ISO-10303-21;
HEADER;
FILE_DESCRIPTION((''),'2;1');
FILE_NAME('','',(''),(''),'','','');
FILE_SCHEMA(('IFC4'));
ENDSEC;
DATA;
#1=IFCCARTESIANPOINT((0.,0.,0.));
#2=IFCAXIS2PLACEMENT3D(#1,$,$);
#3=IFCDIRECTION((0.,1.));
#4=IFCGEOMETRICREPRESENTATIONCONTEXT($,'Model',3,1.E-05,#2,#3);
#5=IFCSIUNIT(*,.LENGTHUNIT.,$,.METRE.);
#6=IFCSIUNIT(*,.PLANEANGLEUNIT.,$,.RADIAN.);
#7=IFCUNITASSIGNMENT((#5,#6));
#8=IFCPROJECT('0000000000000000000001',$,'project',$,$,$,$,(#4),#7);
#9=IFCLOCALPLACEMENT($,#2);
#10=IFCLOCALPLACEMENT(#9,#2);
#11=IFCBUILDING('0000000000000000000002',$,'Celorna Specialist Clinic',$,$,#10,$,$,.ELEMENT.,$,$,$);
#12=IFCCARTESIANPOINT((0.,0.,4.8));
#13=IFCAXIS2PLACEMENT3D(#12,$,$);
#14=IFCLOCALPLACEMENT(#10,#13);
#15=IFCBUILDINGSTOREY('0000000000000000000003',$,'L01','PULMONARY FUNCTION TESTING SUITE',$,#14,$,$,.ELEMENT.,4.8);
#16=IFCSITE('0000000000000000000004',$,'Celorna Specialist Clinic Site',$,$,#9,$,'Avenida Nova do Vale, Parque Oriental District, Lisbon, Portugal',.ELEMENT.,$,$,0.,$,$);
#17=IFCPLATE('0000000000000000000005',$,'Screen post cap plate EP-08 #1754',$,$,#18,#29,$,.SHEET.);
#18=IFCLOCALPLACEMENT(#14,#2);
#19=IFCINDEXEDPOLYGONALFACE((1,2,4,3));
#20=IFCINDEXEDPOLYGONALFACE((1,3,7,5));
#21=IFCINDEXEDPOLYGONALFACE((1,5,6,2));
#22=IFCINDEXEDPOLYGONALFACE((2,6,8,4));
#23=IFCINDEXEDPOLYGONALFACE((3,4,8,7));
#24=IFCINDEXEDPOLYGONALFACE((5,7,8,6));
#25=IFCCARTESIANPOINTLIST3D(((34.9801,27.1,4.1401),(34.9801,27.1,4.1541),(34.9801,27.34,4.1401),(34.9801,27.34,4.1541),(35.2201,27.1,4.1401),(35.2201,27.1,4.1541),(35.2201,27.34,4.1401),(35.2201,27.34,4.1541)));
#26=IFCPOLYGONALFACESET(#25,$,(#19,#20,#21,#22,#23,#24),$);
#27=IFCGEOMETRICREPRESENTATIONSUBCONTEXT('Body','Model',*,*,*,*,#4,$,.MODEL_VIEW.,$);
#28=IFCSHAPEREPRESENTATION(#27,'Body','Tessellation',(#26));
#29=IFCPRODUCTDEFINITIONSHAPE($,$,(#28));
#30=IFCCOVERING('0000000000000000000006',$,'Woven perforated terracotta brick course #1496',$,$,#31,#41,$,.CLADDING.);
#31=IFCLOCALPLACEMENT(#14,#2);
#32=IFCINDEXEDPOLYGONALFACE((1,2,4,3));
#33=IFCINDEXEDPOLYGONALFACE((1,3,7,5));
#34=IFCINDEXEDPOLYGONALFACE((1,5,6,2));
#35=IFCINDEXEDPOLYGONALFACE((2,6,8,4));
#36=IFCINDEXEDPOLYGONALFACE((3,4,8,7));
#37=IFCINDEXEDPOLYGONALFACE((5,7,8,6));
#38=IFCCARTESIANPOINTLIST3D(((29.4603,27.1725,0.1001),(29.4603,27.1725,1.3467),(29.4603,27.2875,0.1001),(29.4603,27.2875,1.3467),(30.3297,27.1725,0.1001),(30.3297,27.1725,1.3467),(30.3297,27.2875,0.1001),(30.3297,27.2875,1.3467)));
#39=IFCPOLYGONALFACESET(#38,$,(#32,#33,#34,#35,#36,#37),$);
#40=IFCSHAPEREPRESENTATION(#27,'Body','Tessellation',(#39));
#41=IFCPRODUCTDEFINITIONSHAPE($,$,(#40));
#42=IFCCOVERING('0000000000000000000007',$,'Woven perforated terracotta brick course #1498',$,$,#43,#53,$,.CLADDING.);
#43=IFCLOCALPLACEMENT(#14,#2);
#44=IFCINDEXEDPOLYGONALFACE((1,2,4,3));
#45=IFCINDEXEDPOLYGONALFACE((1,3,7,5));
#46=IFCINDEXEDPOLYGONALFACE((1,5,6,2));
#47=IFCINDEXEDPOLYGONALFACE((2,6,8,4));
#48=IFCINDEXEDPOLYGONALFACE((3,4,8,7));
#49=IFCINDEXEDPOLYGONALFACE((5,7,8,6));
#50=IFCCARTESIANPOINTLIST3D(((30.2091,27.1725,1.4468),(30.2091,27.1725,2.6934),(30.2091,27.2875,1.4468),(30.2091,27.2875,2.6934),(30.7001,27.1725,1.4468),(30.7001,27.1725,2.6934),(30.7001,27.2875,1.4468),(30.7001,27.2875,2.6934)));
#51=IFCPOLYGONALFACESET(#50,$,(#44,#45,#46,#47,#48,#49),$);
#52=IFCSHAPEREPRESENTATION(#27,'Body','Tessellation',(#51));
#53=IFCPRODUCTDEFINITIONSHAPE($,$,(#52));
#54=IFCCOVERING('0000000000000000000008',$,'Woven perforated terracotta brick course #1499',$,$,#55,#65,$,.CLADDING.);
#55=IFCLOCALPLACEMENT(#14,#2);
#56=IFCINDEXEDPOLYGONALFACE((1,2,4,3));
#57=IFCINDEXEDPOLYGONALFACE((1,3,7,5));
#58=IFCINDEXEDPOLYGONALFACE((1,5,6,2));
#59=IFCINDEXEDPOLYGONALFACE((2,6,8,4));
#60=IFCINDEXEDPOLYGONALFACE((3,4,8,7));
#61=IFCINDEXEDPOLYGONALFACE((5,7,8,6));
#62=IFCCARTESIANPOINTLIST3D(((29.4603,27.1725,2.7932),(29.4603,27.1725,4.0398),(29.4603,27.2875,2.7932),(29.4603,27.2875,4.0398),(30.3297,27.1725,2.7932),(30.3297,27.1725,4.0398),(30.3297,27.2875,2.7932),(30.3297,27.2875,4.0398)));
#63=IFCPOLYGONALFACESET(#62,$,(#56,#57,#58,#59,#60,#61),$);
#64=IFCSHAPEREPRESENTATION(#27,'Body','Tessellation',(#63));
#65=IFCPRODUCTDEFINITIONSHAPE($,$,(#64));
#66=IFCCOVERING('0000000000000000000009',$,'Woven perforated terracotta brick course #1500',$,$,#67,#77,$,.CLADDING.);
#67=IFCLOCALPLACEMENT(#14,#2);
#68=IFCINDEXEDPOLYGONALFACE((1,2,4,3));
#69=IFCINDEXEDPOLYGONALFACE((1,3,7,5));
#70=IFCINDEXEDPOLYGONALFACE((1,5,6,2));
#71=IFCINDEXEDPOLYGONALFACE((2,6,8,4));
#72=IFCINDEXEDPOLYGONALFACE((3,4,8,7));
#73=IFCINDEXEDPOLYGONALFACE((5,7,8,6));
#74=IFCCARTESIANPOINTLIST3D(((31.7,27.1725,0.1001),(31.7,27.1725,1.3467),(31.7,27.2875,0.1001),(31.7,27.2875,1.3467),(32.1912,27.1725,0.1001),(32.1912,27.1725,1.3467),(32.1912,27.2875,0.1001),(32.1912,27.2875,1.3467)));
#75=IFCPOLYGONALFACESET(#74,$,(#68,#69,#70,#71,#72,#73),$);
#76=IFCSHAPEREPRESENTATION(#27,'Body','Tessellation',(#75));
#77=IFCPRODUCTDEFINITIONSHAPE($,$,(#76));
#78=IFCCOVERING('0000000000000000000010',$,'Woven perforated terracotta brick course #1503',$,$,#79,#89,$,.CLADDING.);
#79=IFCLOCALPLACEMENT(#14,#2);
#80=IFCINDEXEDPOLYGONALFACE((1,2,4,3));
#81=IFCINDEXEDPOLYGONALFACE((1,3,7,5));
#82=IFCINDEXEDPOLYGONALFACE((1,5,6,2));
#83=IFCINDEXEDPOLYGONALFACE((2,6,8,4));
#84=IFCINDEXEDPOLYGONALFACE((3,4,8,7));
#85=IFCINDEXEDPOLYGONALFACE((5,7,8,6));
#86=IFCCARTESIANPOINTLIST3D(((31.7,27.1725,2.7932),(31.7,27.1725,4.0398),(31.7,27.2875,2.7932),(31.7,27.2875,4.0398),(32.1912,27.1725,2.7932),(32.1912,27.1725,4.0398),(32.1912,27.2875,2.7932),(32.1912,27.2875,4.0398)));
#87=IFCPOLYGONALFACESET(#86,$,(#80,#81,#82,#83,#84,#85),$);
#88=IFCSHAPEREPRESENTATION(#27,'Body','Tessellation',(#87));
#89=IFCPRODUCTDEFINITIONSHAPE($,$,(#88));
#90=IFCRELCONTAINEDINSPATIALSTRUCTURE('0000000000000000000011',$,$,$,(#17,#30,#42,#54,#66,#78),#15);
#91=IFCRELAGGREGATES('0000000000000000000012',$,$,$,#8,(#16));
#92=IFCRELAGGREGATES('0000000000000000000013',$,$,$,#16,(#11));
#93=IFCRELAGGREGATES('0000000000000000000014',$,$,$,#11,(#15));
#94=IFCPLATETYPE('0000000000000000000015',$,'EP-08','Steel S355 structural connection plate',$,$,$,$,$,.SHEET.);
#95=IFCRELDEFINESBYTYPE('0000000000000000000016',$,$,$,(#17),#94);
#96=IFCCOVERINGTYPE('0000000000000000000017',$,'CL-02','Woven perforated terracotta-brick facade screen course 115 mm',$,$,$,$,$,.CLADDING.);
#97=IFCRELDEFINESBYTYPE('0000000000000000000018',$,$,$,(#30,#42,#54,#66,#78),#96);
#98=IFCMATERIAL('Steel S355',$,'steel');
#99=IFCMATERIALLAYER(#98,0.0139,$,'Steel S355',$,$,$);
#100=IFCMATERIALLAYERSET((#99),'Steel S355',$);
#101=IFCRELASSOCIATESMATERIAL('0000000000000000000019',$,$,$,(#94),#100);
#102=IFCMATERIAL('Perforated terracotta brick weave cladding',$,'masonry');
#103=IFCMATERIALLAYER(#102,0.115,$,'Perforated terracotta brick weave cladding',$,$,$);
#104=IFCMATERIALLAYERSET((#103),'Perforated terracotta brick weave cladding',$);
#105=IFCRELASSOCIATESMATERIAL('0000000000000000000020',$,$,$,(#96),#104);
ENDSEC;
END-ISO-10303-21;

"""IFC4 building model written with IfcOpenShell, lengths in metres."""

from ifc_helpers import new_model, si_unit, direction, frame, origin, origin_2d, place, context, subcontext, project, spatial, rectangle, extrude, material, layer, layer_set, type_object, element, save


model = new_model("IFC4")

# Units and contexts
model_context = context("Model", 3, precision=1e-05, world=origin(), true_north=direction((0.0, 1.0)))
body_context = subcontext(model_context, "Body", "Model", "MODEL_VIEW")
ifc_project = project(units=[si_unit("LENGTHUNIT", "METRE"), si_unit("PLANEANGLEUNIT", "RADIAN")], contexts=[model_context])

# Site, building, storey
site_placement = place(None, origin())
site = spatial("IfcSite", under=ifc_project, at=site_placement, Name="Celorna Specialist Clinic Site", LongName="Avenida Nova do Vale, Parque Oriental District, Lisbon, Portugal", CompositionType="ELEMENT", RefElevation=0.0)
building_placement = place(site_placement, origin())
building = spatial("IfcBuilding", under=site, at=building_placement, Name="Celorna Specialist Clinic", CompositionType="ELEMENT")
storey_placement = place(building_placement, frame((0.0, 0.0, 4.8)))
storey = spatial("IfcBuildingStorey", under=building, at=storey_placement, Name="L01", Description="PULMONARY FUNCTION TESTING SUITE", CompositionType="ELEMENT", Elevation=4.8)

# Shared definitions
ifc_material_1 = material(Name="Steel S355", Category="steel")

# Plate
ifc_layer_1 = layer(ifc_material_1, 0.0139, Name="Steel S355")
ifc_layer_set_1 = layer_set([ifc_layer_1], Name="Steel S355")
plate_type_1 = type_object("IfcPlateType", Name="EP-08", Description="Steel S355 structural connection plate", PredefinedType="SHEET", material=ifc_layer_set_1)
plate_1_placement = place(storey_placement, frame((35.1001, 27.22, 4.1401), z_axis=(0.0, 0.0, 1.0), x_axis=(1.0, 0.0, 0.0)))
element("IfcPlate", 1, at=plate_1_placement, inside=storey, type_object=plate_type_1, Name="Screen post cap plate EP-08 #1754", PredefinedType="SHEET", context=body_context, shape_type="SweptSolid", body=[
    extrude(rectangle(XDim=0.24, YDim=0.24, at=origin_2d()), origin(), (0.0, 0.0, 1.0), 0.0139),
])

# Coverings
ifc_material_2 = material(Name="Perforated terracotta brick weave cladding", Category="masonry")
ifc_layer_2 = layer(ifc_material_2, 0.115, Name="Perforated terracotta brick weave cladding")
ifc_layer_set_2 = layer_set([ifc_layer_2], Name="Perforated terracotta brick weave cladding")
covering_type = type_object("IfcCoveringType", Name="CL-02", Description="Woven perforated terracotta-brick facade screen course 115 mm", PredefinedType="CLADDING", material=ifc_layer_set_2)
covering_1_placement = place(storey_placement, frame((29.895, 27.23, 0.1001), z_axis=(0.0, 0.0, 1.0), x_axis=(1.0, 0.0, 0.0)))
element("IfcCovering", 2, at=covering_1_placement, inside=storey, type_object=covering_type, Name="Woven perforated terracotta brick course #1496", PredefinedType="CLADDING", context=body_context, shape_type="SweptSolid", body=[
    extrude(rectangle(XDim=0.8694, YDim=0.115, at=origin_2d()), origin(), (0.0, 0.0, 1.0), 1.2466),
])
covering_2_placement = place(storey_placement, frame((30.4546, 27.23, 1.4468), z_axis=(0.0, 0.0, 1.0), x_axis=(1.0, 0.0, 0.0)))
element("IfcCovering", 3, at=covering_2_placement, inside=storey, type_object=covering_type, Name="Woven perforated terracotta brick course #1498", PredefinedType="CLADDING", context=body_context, shape_type="SweptSolid", body=[
    extrude(rectangle(XDim=0.491, YDim=0.115, at=origin_2d()), origin(), (0.0, 0.0, 1.0), 1.2466),
])
covering_3_placement = place(storey_placement, frame((29.895, 27.23, 2.7932), z_axis=(0.0, 0.0, 1.0), x_axis=(1.0, 0.0, 0.0)))
element("IfcCovering", 4, at=covering_3_placement, inside=storey, type_object=covering_type, Name="Woven perforated terracotta brick course #1499", PredefinedType="CLADDING", context=body_context, shape_type="SweptSolid", body=[
    extrude(rectangle(XDim=0.8694, YDim=0.115, at=origin_2d()), origin(), (0.0, 0.0, 1.0), 1.2466),
])
for number, where, z_axis, x_axis, name in (
    (5, (31.9456, 27.23, 0.1001), (0.0, 0.0, 1.0), (1.0, 0.0, 0.0), "Woven perforated terracotta brick course #1500"),
    (6, (31.9456, 27.23, 2.7932), (0.0, 0.0, 1.0), (1.0, 0.0, 0.0), "Woven perforated terracotta brick course #1503"),
):
    element("IfcCovering", number, at=place(storey_placement, frame(where, z_axis=z_axis, x_axis=x_axis)), inside=storey, type_object=covering_type, Name=name, PredefinedType="CLADDING", context=body_context, shape_type="SweptSolid", body=[
        extrude(rectangle(XDim=0.4912, YDim=0.115, at=origin_2d()), origin(), (0.0, 0.0, 1.0), 1.2466),
    ])

save(model, "model.ifc")
